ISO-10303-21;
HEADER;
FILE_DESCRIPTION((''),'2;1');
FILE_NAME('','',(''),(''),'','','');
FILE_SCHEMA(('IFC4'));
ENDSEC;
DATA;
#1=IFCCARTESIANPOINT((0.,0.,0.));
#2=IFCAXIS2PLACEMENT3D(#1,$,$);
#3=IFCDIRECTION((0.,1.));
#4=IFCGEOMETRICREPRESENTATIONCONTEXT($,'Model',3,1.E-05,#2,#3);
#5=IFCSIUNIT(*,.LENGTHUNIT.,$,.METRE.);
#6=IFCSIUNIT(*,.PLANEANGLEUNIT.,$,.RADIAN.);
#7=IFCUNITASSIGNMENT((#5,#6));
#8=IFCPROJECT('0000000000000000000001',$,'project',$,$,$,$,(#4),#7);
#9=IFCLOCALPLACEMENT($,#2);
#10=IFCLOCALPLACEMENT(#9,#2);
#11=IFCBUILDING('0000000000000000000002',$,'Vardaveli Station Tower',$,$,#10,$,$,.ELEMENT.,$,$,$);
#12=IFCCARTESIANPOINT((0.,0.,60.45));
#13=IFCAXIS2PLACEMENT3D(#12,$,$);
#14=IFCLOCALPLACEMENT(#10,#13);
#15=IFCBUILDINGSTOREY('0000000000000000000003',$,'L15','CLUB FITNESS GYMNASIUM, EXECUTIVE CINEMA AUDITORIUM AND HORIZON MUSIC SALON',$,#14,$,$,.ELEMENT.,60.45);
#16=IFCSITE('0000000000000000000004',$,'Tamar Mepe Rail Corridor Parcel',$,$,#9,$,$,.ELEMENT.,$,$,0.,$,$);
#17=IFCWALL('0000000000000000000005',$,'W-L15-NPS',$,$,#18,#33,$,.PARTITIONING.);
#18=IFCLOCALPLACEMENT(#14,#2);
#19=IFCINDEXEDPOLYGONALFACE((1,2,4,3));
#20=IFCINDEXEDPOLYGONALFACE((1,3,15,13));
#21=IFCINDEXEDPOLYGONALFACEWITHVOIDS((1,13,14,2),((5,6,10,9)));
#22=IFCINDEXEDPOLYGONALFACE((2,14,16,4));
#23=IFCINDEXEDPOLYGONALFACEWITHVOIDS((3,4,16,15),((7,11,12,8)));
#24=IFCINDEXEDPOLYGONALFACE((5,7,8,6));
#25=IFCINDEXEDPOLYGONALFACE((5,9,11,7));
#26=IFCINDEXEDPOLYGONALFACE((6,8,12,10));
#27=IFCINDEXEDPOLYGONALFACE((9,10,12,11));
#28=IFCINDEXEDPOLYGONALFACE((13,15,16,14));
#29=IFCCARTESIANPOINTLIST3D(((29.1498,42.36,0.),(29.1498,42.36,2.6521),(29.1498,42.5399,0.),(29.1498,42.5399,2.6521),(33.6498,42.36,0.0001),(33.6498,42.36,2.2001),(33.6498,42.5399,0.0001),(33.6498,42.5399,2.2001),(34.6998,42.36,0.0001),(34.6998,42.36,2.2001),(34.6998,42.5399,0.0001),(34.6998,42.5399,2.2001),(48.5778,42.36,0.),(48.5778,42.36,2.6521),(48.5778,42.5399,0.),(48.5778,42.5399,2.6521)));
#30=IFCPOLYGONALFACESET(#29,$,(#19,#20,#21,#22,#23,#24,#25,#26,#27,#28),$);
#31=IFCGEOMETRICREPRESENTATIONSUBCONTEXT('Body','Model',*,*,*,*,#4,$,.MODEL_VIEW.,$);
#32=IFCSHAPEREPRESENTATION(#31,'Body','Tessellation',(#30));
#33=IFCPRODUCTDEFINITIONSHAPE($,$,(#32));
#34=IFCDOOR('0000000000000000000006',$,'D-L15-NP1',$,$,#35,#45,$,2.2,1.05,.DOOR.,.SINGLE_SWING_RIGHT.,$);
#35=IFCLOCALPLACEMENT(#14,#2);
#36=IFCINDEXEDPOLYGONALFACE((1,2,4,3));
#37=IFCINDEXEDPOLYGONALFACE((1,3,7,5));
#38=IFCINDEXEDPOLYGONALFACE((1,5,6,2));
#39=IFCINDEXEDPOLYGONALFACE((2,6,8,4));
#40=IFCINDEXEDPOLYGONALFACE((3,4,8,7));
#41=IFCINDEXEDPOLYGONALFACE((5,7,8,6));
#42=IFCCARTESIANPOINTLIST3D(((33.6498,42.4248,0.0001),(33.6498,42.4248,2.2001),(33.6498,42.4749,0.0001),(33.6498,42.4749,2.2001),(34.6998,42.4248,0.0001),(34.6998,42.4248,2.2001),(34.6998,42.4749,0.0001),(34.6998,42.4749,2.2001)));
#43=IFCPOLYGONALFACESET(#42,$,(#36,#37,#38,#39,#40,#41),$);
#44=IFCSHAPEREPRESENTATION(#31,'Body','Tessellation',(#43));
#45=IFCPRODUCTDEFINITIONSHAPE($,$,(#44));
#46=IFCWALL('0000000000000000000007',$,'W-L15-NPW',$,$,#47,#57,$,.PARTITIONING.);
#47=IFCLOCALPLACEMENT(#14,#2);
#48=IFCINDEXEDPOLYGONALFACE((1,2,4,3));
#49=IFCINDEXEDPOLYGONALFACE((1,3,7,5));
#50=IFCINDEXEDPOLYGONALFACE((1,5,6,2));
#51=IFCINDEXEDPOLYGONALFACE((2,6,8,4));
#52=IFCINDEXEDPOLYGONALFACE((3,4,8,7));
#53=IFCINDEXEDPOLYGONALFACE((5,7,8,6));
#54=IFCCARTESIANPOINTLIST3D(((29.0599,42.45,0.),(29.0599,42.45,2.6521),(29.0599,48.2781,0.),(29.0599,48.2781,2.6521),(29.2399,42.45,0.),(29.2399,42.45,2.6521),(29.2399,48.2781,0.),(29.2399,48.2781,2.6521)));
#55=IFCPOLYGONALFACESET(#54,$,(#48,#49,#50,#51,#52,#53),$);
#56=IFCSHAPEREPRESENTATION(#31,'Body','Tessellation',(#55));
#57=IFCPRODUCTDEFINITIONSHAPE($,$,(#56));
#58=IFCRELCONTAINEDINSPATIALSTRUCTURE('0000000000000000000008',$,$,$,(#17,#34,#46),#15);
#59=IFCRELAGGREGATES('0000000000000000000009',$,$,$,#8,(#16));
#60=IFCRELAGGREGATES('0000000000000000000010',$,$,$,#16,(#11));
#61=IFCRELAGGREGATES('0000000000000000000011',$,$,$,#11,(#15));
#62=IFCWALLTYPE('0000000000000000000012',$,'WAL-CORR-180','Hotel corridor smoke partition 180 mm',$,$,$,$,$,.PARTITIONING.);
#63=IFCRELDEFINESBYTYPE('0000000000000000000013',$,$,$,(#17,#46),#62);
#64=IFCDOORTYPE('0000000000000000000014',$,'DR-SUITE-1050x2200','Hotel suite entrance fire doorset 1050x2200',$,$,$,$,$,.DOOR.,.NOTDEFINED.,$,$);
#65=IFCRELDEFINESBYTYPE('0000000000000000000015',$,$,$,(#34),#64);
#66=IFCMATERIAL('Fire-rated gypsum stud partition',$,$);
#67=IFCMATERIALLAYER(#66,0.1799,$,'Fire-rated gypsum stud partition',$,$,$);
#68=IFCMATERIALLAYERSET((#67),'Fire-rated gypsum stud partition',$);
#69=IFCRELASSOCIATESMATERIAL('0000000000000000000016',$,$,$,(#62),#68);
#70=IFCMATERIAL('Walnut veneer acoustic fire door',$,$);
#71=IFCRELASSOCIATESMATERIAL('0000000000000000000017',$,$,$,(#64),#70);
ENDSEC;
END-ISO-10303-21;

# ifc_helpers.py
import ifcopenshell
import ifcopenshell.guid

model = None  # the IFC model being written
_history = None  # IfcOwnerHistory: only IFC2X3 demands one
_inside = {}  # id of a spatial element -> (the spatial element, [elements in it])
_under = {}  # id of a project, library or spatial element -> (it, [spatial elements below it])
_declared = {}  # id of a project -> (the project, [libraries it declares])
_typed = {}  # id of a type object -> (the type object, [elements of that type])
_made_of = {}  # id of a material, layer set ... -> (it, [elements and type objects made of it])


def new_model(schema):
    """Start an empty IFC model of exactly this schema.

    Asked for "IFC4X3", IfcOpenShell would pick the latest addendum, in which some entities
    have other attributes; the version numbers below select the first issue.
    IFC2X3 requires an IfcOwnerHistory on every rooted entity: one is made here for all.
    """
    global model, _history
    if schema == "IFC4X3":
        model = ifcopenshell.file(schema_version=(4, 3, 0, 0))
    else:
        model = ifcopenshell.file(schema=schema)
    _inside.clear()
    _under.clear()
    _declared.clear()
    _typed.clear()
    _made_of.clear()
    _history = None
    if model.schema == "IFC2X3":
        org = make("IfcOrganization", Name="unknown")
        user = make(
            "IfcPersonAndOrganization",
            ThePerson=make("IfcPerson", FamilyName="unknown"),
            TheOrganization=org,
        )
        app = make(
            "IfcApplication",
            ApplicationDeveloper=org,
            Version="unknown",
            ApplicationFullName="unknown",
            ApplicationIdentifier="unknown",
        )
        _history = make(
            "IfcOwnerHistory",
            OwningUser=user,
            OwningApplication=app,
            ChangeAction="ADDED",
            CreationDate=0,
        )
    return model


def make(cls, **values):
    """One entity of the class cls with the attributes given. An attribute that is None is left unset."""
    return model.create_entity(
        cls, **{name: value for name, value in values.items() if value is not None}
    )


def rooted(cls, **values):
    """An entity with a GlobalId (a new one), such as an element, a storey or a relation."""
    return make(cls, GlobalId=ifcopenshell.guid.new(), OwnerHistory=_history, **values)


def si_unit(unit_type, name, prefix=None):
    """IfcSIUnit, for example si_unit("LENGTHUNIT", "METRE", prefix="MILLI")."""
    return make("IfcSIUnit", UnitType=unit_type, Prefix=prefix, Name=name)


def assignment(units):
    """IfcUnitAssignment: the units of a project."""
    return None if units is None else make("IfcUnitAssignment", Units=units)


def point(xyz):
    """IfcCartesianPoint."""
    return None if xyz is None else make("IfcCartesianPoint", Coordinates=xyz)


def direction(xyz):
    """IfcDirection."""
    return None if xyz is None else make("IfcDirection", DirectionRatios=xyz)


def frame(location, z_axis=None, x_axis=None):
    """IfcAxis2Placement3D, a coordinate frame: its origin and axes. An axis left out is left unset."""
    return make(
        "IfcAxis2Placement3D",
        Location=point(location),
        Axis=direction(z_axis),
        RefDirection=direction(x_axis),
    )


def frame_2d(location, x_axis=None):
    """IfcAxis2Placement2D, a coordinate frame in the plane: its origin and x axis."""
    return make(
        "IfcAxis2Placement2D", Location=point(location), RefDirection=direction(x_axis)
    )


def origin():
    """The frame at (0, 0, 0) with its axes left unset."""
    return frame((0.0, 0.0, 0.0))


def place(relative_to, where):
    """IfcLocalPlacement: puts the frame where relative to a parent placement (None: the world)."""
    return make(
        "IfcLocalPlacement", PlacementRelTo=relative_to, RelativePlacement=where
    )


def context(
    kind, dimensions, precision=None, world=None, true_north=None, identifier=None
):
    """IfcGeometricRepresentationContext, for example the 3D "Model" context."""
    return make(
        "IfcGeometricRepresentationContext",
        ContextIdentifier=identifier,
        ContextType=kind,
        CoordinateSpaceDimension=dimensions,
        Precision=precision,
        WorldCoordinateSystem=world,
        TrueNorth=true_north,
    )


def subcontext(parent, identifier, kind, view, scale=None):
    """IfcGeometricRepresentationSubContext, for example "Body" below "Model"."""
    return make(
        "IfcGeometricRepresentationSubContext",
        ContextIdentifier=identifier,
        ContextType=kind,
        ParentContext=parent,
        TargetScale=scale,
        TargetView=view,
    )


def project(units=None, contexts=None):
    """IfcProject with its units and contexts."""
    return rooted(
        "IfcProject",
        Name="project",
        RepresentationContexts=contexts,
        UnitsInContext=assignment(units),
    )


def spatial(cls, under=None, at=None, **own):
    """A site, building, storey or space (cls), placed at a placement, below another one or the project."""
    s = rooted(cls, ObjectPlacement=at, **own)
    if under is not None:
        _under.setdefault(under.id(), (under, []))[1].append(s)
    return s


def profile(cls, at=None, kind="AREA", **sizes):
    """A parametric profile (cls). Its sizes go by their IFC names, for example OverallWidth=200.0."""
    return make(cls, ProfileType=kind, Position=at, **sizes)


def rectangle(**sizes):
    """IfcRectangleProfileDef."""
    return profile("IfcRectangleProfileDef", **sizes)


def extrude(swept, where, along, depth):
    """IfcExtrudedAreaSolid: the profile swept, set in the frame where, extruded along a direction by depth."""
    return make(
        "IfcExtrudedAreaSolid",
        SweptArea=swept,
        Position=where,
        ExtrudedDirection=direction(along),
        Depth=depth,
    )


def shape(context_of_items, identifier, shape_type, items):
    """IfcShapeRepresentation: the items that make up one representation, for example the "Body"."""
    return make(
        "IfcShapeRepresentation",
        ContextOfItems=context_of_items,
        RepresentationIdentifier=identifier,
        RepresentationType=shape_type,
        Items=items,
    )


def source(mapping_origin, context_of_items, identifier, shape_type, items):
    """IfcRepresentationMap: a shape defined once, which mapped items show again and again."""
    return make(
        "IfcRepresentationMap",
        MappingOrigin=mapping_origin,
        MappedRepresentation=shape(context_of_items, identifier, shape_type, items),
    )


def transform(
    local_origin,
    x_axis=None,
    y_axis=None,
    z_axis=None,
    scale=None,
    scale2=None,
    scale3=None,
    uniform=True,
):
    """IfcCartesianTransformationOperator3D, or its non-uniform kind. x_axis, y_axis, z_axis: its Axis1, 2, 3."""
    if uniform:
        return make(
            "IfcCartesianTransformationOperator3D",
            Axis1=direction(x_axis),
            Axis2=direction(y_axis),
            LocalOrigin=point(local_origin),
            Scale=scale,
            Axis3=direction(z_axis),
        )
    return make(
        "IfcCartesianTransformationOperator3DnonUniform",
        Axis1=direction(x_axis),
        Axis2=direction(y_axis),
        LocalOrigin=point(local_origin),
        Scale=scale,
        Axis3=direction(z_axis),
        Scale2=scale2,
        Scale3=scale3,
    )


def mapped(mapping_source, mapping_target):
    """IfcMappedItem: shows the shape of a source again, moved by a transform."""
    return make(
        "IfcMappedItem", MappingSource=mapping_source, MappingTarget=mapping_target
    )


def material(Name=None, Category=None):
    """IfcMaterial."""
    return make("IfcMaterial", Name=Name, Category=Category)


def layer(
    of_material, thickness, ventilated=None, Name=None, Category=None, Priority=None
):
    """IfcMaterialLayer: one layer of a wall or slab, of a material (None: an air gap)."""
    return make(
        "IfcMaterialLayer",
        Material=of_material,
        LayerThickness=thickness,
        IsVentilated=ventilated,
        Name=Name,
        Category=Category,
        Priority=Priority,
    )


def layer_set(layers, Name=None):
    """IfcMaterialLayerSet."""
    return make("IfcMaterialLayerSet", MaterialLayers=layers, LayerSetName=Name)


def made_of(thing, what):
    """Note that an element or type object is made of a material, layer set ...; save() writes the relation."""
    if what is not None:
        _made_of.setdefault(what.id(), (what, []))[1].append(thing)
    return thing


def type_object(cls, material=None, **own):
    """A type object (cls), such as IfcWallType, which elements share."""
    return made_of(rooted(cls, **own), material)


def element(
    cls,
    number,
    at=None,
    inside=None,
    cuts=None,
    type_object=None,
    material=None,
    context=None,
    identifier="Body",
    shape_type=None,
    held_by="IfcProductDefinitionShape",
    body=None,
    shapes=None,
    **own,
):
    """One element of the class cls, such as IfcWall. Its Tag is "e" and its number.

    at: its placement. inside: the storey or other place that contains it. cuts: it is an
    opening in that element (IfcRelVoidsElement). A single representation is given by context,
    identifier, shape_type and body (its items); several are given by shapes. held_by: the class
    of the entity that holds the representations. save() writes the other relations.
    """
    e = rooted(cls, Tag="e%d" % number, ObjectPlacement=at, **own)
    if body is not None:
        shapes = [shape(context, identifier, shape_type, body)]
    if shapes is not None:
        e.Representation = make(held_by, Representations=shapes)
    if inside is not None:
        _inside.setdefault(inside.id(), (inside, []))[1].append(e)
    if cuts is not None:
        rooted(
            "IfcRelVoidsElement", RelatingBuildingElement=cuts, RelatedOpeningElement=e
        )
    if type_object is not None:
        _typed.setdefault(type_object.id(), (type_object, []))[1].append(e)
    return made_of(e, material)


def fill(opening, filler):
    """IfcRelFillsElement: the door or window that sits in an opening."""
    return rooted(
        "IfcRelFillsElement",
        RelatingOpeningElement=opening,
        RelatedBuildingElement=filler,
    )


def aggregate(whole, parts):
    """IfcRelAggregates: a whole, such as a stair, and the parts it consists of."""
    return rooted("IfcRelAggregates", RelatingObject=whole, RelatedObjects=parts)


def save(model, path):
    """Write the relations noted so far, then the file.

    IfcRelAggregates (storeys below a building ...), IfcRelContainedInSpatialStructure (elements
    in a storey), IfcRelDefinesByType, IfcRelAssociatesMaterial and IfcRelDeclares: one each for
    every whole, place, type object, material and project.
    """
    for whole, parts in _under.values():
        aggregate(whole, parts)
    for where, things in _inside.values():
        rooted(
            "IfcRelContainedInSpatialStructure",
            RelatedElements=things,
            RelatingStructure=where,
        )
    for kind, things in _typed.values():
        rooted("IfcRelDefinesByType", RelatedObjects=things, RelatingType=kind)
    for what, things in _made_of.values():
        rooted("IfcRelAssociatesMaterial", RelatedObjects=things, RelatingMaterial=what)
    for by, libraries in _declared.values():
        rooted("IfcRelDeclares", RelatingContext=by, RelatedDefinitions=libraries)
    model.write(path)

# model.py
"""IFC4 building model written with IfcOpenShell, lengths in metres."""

from ifc_helpers import new_model, si_unit, direction, frame, frame_2d, origin, place, context, subcontext, project, spatial, rectangle, extrude, source, transform, mapped, material, layer, layer_set, type_object, element, fill, save


model = new_model("IFC4")

# Units and contexts
model_context = context("Model", 3, precision=1e-05, world=origin(), true_north=direction((0.0, 1.0)))
body_context = subcontext(model_context, "Body", "Model", "MODEL_VIEW")
ifc_project = project(units=[si_unit("LENGTHUNIT", "METRE"), si_unit("PLANEANGLEUNIT", "RADIAN")], contexts=[model_context])

# Site, building, storey
site_placement = place(None, origin())
site = spatial("IfcSite", under=ifc_project, at=site_placement, Name="Tamar Mepe Rail Corridor Parcel", CompositionType="ELEMENT", RefElevation=0.0)
building_placement = place(site_placement, origin())
building = spatial("IfcBuilding", under=site, at=building_placement, Name="Vardaveli Station Tower", CompositionType="ELEMENT")
storey_placement = place(building_placement, frame((0.0, 0.0, 60.45)))
storey = spatial("IfcBuildingStorey", under=building, at=storey_placement, Name="L15", Description="CLUB FITNESS GYMNASIUM, EXECUTIVE CINEMA AUDITORIUM AND HORIZON MUSIC SALON", CompositionType="ELEMENT", Elevation=60.45)

# Wall, opening, door
ifc_material_1 = material(Name="Fire-rated gypsum stud partition")
ifc_layer_1 = layer(ifc_material_1, 0.1799, Name="Fire-rated gypsum stud partition")
ifc_layer_set_1 = layer_set([ifc_layer_1], Name="Fire-rated gypsum stud partition")
wall_type_1 = type_object("IfcWallType", Name="WAL-CORR-180", Description="Hotel corridor smoke partition 180 mm", PredefinedType="PARTITIONING", material=ifc_layer_set_1)
shared_shape_1 = source(origin(), body_context, "Body", "SweptSolid", [
    extrude(rectangle(XDim=19.428, YDim=0.1799, at=frame_2d((9.7139, 0.0))), origin(), (0.0, 0.0, 1.0), 2.6521),
])
wall_1_placement = place(storey_placement, frame((29.1499, 42.45, 0.0), z_axis=(0.0, 0.0, 1.0), x_axis=(1.0, 0.0, 0.0)))
wall_1 = element("IfcWall", 1, at=wall_1_placement, inside=storey, type_object=wall_type_1, Name="W-L15-NPS", PredefinedType="PARTITIONING", context=body_context, shape_type="MappedRepresentation", body=[
    mapped(shared_shape_1, transform((0.0, 0.0, 0.0), scale=1.0)),
])
shared_shape_2 = source(origin(), body_context, "Body", "SweptSolid", [
    extrude(rectangle(XDim=1.05, YDim=2.2, at=frame_2d((0.5249, 1.1001))), frame((0.0, 0.1001, 0.0), z_axis=(0.0, -1.0, 0.0), x_axis=(1.0, 0.0, 0.0)), (0.0, 0.0, 1.0), 0.2),
])
opening_1_placement = place(wall_1_placement, frame((4.5, 0.0, 0.0)))
opening_1 = element("IfcOpeningElement", 2, at=opening_1_placement, cuts=wall_1, PredefinedType="OPENING", context=body_context, shape_type="MappedRepresentation", body=[
    mapped(shared_shape_2, transform((0.0, 0.0, 0.0), scale=1.0)),
])
ifc_material_2 = material(Name="Walnut veneer acoustic fire door")
door_type_1 = type_object("IfcDoorType", Name="DR-SUITE-1050x2200", Description="Hotel suite entrance fire doorset 1050x2200", OperationType="NOTDEFINED", PredefinedType="DOOR", material=ifc_material_2)
shared_shape_3 = source(origin(), body_context, "Body", "SweptSolid", [
    extrude(rectangle(XDim=1.05, YDim=2.2, at=frame_2d((0.5249, 1.1001))), frame((0.0, 0.0249, 0.0), z_axis=(0.0, -1.0, 0.0), x_axis=(1.0, 0.0, 0.0)), (0.0, 0.0, 1.0), 0.05),
])
door_1_placement = place(opening_1_placement, origin())
door_1 = element("IfcDoor", 3, at=door_1_placement, inside=storey, type_object=door_type_1, Name="D-L15-NP1", OperationType="SINGLE_SWING_RIGHT", OverallHeight=2.2, OverallWidth=1.05, PredefinedType="DOOR", context=body_context, shape_type="MappedRepresentation", body=[
    mapped(shared_shape_3, transform((0.0, 0.0, 0.0), scale=1.0)),
])
fill(opening_1, door_1)

# Wall
shared_shape_4 = source(origin(), body_context, "Body", "SweptSolid", [
    extrude(rectangle(XDim=5.8281, YDim=0.1799, at=frame_2d((2.9141, 0.0))), origin(), (0.0, 0.0, 1.0), 2.6521),
])
wall_2_placement = place(storey_placement, frame((29.1499, 42.45, 0.0), z_axis=(0.0, 0.0, 1.0), x_axis=(0.0, 1.0, 0.0)))
element("IfcWall", 4, at=wall_2_placement, inside=storey, type_object=wall_type_1, Name="W-L15-NPW", PredefinedType="PARTITIONING", context=body_context, shape_type="MappedRepresentation", body=[
    mapped(shared_shape_4, transform((0.0, 0.0, 0.0), scale=1.0)),
])

save(model, "model.ifc")
